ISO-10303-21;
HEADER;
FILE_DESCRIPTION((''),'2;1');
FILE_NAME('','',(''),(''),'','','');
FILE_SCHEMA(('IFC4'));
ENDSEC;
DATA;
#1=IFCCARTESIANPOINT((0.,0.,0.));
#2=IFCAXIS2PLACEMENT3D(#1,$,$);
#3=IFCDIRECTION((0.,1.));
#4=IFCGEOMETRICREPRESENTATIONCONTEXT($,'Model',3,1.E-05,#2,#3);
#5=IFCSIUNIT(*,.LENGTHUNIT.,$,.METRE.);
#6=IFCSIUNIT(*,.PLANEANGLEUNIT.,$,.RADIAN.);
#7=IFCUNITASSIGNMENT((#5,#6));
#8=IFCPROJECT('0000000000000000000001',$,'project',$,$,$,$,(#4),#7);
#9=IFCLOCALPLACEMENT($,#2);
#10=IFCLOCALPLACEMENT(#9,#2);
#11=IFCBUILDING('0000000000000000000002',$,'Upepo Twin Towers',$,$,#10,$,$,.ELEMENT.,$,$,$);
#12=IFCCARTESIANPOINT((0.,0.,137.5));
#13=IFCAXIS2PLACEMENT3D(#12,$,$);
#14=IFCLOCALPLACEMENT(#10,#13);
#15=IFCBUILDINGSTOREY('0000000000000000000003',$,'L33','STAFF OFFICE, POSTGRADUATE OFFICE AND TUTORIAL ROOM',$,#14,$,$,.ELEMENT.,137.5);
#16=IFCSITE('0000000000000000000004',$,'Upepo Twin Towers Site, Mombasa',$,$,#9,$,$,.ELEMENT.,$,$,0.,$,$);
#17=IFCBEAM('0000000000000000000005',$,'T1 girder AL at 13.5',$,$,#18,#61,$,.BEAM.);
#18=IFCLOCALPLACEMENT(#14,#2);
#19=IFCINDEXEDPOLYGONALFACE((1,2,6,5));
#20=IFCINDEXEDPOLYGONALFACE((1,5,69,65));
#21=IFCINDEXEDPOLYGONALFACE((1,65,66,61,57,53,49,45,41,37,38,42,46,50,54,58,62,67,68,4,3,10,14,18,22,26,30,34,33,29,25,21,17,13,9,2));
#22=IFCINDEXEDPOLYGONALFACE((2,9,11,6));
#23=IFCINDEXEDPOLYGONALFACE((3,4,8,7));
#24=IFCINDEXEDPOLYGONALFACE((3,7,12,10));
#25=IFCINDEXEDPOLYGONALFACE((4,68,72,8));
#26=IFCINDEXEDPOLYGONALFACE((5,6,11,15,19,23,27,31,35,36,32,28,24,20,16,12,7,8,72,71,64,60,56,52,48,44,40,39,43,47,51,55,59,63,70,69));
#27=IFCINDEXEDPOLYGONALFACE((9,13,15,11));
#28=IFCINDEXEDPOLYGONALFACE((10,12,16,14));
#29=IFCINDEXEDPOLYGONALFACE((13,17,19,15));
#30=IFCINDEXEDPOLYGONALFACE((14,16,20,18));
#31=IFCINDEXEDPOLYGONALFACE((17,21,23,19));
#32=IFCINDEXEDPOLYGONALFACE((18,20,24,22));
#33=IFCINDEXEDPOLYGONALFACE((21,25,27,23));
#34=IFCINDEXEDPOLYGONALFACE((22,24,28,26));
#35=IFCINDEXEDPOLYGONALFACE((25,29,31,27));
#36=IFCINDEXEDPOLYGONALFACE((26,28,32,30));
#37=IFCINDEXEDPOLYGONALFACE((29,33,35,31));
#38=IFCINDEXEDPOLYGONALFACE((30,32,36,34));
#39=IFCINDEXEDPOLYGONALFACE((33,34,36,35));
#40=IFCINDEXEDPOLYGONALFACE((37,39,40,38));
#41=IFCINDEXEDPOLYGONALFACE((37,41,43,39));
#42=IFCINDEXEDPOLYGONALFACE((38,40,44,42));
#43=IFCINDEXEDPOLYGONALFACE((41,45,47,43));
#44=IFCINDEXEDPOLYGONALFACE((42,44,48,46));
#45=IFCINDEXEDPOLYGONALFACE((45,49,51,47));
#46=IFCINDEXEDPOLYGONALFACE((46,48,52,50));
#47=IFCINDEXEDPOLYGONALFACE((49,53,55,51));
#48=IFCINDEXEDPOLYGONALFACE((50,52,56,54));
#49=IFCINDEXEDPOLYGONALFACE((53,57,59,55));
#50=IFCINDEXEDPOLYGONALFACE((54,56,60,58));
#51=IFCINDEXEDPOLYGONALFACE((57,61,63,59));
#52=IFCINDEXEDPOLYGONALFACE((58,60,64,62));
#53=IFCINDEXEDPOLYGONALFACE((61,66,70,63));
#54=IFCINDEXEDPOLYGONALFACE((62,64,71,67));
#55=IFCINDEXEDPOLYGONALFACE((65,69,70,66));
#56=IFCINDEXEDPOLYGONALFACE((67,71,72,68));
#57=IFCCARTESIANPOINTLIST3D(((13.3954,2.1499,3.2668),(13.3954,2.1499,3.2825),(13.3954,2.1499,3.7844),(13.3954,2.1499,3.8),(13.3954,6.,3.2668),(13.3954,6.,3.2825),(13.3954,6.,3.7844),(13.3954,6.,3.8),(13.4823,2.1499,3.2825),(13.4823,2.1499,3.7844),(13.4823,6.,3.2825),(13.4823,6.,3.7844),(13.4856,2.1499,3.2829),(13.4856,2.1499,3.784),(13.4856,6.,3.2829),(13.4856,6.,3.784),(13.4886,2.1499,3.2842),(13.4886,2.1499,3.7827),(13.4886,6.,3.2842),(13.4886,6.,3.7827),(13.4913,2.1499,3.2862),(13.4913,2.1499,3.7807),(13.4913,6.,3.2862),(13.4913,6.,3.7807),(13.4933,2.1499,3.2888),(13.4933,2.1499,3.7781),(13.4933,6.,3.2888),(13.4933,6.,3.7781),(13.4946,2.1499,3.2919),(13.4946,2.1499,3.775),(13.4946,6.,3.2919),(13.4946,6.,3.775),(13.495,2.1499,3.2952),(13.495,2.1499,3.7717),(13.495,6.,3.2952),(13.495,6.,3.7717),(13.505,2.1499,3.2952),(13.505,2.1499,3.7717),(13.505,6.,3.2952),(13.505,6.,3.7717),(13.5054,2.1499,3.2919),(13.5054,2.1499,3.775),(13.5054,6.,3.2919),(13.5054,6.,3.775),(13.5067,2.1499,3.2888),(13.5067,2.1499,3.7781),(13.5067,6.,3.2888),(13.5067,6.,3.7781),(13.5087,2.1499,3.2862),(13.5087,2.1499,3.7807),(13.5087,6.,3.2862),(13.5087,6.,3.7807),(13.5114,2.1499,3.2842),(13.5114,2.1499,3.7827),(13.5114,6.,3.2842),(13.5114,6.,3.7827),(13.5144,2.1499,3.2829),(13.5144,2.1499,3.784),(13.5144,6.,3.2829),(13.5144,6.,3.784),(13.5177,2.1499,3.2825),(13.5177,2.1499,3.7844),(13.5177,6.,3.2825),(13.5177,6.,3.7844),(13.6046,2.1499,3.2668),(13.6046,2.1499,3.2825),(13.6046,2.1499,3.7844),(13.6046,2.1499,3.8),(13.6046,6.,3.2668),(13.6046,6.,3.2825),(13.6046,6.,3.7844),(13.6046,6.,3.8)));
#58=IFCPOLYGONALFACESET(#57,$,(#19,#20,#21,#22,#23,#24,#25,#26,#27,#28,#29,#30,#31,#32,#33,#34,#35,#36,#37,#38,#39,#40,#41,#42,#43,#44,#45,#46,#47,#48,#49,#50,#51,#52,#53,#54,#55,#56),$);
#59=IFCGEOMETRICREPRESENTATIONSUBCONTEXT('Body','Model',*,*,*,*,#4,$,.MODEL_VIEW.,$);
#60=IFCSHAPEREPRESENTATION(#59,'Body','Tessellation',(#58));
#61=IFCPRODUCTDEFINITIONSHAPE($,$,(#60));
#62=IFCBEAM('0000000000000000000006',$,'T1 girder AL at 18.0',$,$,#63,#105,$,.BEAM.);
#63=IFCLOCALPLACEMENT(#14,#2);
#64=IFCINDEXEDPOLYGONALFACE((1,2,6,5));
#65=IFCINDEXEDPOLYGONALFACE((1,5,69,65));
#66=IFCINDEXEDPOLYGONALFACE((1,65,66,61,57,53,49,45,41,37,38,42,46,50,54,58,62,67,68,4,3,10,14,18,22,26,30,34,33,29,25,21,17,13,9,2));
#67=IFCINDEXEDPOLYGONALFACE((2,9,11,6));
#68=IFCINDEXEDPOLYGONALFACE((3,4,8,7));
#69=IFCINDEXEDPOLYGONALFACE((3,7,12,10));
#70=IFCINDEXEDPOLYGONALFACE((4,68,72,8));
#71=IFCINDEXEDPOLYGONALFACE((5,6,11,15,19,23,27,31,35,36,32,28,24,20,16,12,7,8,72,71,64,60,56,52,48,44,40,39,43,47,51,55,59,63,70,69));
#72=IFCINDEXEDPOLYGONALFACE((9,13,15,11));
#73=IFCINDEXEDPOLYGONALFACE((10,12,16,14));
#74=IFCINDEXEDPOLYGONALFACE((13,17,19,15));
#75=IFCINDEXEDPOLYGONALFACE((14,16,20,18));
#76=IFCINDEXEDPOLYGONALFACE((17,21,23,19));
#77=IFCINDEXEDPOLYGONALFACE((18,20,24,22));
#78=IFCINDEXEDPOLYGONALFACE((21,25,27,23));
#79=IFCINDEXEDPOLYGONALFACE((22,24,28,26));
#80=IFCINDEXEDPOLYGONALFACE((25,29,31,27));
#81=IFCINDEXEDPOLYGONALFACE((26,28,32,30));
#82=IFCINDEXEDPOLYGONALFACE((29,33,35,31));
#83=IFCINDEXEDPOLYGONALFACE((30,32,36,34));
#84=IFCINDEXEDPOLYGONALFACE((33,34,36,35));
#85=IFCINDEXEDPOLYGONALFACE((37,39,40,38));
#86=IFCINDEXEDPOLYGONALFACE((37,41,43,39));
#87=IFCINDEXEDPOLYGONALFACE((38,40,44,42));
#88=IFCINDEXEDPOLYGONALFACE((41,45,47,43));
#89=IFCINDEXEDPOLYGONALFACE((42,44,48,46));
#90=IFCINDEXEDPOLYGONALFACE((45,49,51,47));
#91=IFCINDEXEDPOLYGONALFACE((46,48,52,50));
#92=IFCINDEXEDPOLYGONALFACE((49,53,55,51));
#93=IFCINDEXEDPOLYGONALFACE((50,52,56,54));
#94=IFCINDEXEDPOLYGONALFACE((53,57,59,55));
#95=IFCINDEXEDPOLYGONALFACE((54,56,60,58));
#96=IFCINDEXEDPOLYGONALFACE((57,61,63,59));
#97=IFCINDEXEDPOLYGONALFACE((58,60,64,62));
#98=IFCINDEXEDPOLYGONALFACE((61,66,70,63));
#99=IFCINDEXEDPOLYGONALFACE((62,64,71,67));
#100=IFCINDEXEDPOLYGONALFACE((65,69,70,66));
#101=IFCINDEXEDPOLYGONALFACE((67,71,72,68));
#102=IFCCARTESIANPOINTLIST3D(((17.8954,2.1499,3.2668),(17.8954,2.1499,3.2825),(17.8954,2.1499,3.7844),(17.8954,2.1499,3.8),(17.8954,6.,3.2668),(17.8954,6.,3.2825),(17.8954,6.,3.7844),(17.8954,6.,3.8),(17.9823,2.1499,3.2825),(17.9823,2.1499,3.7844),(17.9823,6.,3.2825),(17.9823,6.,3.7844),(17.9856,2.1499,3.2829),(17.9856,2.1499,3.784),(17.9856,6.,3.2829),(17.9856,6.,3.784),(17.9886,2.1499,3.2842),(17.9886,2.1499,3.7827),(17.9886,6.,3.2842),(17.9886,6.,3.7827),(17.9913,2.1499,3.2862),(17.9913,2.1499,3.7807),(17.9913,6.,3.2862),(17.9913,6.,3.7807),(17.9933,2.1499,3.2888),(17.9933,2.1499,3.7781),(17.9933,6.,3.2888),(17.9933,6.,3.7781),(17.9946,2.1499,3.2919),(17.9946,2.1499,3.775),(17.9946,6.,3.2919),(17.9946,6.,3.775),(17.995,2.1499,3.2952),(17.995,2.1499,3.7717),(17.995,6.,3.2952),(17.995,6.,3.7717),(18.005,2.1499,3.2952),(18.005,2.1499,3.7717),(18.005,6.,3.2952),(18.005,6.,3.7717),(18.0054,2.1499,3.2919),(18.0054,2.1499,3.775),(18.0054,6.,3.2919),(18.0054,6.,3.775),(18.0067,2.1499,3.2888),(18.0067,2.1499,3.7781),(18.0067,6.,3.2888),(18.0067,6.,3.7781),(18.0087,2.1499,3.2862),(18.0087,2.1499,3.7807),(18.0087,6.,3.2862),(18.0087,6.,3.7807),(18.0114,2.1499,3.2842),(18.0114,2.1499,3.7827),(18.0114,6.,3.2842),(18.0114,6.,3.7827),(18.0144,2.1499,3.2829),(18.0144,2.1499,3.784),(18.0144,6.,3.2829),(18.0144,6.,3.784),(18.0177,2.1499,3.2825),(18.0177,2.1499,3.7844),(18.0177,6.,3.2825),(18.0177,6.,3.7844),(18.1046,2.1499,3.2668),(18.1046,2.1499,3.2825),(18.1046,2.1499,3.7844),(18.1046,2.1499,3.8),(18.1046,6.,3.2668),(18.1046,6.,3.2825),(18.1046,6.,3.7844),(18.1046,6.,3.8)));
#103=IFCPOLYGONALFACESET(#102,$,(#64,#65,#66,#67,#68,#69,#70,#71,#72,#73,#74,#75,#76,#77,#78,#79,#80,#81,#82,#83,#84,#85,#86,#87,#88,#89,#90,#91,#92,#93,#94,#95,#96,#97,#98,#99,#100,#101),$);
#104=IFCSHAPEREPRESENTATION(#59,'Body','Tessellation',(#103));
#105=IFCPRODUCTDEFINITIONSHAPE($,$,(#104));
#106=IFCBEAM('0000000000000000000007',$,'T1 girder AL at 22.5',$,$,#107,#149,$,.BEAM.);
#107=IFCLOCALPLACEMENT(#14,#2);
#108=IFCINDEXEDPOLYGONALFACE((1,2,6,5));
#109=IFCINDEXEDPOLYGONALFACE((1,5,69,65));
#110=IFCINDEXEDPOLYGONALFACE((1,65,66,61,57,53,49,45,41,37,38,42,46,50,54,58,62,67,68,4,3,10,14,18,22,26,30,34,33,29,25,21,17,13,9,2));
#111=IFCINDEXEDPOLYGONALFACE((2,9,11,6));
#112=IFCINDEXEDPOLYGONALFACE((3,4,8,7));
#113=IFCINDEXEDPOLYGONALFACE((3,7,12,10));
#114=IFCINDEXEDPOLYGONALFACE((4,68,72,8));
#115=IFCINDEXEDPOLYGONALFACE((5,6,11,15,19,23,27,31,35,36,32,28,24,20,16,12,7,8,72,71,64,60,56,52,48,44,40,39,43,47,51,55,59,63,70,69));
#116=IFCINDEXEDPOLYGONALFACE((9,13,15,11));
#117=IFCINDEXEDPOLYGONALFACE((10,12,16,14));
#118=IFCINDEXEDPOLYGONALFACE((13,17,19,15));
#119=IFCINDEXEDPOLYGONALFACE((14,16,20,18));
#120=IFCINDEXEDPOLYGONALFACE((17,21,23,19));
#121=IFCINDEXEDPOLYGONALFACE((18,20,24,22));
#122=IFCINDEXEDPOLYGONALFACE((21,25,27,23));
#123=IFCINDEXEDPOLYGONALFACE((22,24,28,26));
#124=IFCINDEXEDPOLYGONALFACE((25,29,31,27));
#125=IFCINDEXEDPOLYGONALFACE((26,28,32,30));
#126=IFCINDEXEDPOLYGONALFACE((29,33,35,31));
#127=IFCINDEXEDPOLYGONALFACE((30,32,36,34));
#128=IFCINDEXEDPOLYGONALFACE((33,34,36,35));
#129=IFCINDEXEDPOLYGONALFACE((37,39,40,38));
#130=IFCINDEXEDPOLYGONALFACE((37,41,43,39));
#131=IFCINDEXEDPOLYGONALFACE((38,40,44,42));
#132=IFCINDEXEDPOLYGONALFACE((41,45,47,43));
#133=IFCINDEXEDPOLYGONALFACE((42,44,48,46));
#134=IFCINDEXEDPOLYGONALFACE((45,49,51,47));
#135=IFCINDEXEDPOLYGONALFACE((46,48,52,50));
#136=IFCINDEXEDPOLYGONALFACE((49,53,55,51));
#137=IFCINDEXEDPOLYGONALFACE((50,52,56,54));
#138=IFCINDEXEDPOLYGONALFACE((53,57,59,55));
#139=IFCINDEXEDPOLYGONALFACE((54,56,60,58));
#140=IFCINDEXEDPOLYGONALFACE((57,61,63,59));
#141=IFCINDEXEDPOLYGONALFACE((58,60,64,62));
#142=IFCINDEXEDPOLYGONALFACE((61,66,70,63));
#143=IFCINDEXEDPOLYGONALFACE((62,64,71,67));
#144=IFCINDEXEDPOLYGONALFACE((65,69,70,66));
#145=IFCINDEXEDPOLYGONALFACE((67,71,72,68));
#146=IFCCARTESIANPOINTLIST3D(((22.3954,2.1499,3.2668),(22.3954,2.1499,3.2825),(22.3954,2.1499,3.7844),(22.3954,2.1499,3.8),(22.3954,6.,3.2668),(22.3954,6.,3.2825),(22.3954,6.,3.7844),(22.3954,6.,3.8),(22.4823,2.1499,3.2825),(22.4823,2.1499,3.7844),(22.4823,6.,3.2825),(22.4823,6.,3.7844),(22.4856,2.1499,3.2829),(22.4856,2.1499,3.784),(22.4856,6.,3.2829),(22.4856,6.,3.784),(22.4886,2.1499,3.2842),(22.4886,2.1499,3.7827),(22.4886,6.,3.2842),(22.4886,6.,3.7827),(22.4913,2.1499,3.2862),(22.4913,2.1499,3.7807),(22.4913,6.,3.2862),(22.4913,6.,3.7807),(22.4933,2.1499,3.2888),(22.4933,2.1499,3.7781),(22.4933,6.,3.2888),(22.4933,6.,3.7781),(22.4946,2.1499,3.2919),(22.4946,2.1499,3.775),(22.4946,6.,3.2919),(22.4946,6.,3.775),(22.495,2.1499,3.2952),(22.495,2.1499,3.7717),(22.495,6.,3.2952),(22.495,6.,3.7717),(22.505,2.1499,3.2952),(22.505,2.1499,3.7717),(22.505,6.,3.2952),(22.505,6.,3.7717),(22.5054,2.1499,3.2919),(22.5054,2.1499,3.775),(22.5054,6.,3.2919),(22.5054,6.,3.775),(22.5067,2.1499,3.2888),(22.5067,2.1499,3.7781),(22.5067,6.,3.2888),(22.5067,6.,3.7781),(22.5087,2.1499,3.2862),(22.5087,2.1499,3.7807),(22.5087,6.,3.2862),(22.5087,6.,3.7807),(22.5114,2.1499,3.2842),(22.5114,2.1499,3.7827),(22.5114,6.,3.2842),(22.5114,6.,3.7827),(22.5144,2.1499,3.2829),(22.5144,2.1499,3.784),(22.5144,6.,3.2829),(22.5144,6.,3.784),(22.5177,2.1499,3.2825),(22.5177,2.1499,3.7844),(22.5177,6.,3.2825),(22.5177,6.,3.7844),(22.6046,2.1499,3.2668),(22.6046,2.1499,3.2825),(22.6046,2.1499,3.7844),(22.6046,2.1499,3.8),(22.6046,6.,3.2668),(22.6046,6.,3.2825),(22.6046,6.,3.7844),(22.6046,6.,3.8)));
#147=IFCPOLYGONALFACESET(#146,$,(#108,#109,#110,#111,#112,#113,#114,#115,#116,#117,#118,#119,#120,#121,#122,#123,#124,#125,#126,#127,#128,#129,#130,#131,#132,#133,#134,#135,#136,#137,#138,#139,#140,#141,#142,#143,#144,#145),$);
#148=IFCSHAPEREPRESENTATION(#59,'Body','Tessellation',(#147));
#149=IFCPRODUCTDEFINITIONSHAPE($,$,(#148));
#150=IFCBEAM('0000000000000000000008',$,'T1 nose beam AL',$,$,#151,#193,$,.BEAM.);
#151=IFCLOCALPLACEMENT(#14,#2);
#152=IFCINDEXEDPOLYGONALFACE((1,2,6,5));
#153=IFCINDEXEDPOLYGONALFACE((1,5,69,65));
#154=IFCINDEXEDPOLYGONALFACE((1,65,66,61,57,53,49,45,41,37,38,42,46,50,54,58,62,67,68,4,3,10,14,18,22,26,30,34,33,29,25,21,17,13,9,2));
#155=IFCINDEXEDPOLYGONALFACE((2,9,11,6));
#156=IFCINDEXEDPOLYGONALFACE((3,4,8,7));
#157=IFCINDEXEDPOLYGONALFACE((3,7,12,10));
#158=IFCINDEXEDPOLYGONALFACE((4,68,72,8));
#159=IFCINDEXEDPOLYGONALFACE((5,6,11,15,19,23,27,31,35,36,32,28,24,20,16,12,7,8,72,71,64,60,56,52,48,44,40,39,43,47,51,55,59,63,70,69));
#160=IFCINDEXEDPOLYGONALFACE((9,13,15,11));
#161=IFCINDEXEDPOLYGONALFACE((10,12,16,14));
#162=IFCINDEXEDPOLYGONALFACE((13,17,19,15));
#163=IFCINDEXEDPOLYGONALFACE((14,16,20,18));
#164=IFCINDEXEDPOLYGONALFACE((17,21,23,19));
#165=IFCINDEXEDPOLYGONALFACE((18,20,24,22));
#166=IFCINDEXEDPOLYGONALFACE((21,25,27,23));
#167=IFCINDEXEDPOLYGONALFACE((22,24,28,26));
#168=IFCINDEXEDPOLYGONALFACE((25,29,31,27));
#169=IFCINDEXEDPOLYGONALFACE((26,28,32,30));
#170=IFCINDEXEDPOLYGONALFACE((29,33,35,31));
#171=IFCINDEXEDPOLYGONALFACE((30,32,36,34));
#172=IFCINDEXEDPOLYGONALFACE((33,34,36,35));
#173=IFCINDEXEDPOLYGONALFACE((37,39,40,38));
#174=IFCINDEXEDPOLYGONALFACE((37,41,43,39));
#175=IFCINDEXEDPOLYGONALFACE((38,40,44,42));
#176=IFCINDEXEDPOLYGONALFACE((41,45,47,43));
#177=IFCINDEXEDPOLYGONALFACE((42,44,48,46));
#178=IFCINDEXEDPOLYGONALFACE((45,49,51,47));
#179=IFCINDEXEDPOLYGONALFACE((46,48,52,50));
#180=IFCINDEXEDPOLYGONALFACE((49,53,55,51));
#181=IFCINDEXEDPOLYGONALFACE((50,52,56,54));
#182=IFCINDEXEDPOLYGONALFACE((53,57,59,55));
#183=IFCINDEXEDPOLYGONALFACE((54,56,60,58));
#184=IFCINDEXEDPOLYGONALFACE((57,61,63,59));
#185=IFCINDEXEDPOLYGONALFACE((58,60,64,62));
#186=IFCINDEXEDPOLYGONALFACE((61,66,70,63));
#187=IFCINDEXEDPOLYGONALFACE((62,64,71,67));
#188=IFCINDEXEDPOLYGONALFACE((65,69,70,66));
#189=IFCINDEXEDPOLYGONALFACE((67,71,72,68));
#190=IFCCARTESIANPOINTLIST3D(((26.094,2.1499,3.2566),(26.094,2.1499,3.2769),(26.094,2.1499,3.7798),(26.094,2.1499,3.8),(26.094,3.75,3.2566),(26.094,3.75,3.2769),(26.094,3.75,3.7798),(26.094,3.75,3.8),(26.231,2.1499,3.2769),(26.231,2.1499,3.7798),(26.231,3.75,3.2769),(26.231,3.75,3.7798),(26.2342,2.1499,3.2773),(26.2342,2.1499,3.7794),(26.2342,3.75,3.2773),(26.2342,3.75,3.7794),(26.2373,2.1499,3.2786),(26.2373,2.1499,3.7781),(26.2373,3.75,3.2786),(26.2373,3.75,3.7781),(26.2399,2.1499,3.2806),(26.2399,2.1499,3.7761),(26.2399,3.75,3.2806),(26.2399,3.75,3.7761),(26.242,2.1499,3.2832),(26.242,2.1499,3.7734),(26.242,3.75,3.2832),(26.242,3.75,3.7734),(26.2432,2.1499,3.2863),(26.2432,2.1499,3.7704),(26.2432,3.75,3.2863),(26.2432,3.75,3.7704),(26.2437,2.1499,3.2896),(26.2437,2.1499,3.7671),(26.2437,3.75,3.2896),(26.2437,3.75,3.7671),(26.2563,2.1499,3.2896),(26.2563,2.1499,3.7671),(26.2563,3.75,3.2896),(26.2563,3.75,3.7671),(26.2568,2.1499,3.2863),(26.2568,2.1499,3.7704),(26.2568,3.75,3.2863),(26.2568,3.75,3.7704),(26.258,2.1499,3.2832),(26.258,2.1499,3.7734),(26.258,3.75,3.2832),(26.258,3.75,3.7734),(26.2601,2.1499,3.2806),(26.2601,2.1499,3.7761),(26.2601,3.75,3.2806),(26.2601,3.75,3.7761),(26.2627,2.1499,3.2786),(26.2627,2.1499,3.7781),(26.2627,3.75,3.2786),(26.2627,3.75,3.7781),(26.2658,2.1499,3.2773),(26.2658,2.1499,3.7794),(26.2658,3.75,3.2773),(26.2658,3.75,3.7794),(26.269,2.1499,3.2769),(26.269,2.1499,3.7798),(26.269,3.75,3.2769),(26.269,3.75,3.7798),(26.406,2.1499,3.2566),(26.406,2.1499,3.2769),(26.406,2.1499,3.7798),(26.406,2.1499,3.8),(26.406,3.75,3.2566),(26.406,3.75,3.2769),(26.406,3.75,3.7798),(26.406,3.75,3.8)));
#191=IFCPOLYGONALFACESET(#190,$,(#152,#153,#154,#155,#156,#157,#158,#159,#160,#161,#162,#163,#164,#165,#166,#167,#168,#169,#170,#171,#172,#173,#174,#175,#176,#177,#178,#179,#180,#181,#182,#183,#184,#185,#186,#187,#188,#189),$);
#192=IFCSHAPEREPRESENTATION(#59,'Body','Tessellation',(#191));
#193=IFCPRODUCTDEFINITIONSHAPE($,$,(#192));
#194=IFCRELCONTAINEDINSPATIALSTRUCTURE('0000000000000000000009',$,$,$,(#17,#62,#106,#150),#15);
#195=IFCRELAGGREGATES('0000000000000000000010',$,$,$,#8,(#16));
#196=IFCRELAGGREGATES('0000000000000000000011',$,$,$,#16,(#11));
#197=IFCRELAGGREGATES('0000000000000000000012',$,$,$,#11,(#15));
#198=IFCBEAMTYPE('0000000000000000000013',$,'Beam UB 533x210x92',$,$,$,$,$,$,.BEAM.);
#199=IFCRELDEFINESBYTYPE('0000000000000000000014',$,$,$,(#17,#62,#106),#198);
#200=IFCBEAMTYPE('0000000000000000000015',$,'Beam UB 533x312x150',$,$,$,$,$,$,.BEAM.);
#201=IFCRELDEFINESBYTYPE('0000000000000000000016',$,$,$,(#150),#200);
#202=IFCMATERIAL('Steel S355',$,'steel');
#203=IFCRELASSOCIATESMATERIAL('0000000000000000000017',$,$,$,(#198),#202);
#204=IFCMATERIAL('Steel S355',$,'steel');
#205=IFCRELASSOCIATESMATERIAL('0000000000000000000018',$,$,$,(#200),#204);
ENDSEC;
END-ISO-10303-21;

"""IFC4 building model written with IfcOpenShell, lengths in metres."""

from ifc_helpers import new_model, si_unit, direction, frame, origin, origin_2d, place, context, subcontext, project, spatial, i_section, extrude, material, material_profile, profile_set, type_object, element, save


model = new_model("IFC4")

# Units and contexts
model_context = context("Model", 3, precision=1e-05, world=origin(), true_north=direction((0.0, 1.0)))
body_context = subcontext(model_context, "Body", "Model", "MODEL_VIEW")
ifc_project = project(units=[si_unit("LENGTHUNIT", "METRE"), si_unit("PLANEANGLEUNIT", "RADIAN")], contexts=[model_context])

# Site, building, storey
site_placement = place(None, origin())
site = spatial("IfcSite", under=ifc_project, at=site_placement, Name="Upepo Twin Towers Site, Mombasa", CompositionType="ELEMENT", RefElevation=0.0)
building_placement = place(site_placement, origin())
building = spatial("IfcBuilding", under=site, at=building_placement, Name="Upepo Twin Towers", CompositionType="ELEMENT")
storey_placement = place(building_placement, frame((0.0, 0.0, 137.5)))
storey = spatial("IfcBuildingStorey", under=building, at=storey_placement, Name="L33", Description="STAFF OFFICE, POSTGRADUATE OFFICE AND TUTORIAL ROOM", CompositionType="ELEMENT", Elevation=137.5)

# Beams
ifc_material_1 = material(Name="Steel S355", Category="steel")
ifc_material_profile_1 = material_profile(ifc_material_1, i_section(OverallWidth=0.2092, OverallDepth=0.5332, WebThickness=0.01, FlangeThickness=0.0156, FilletRadius=0.0127, at=origin_2d()), Name="UB 533x210x92")
ifc_profile_set_1 = profile_set([ifc_material_profile_1], Name="Steel S355")
beam_type_1 = type_object("IfcBeamType", Name="Beam UB 533x210x92", PredefinedType="BEAM", material=ifc_profile_set_1)
for number, where, z_axis, x_axis, name in (
    (1, (13.5, 6.0, 3.5334), (0.0, -1.0, 0.0), (1.0, 0.0, 0.0), "T1 girder AL at 13.5"),
    (2, (18.0, 6.0, 3.5334), (0.0, -1.0, 0.0), (1.0, 0.0, 0.0), "T1 girder AL at 18.0"),
    (3, (22.5, 6.0, 3.5334), (0.0, -1.0, 0.0), (1.0, 0.0, 0.0), "T1 girder AL at 22.5"),
):
    element("IfcBeam", number, at=place(storey_placement, frame(where, z_axis=z_axis, x_axis=x_axis)), inside=storey, type_object=beam_type_1, Name=name, PredefinedType="BEAM", context=body_context, shape_type="SweptSolid", body=[
        extrude(i_section(OverallWidth=0.2092, OverallDepth=0.5332, WebThickness=0.01, FlangeThickness=0.0156, FilletRadius=0.0127, at=origin_2d()), origin(), (0.0, 0.0, 1.0), 3.8501),
    ])
ifc_material_2 = material(Name="Steel S355", Category="steel")
ifc_material_profile_2 = material_profile(ifc_material_2, i_section(OverallWidth=0.312, OverallDepth=0.5435, WebThickness=0.0127, FlangeThickness=0.0203, FilletRadius=0.0127, at=origin_2d()), Name="UB 533x312x150")
ifc_profile_set_2 = profile_set([ifc_material_profile_2], Name="Steel S355")
beam_type_2 = type_object("IfcBeamType", Name="Beam UB 533x312x150", PredefinedType="BEAM", material=ifc_profile_set_2)
beam_1_placement = place(storey_placement, frame((26.25, 3.75, 3.5283), z_axis=(0.0, -1.0, 0.0), x_axis=(1.0, 0.0, 0.0)))
element("IfcBeam", 4, at=beam_1_placement, inside=storey, type_object=beam_type_2, Name="T1 nose beam AL", PredefinedType="BEAM", context=body_context, shape_type="SweptSolid", body=[
    extrude(i_section(OverallWidth=0.312, OverallDepth=0.5435, WebThickness=0.0127, FlangeThickness=0.0203, FilletRadius=0.0127, at=origin_2d()), origin(), (0.0, 0.0, 1.0), 1.6001),
])

save(model, "model.ifc")
